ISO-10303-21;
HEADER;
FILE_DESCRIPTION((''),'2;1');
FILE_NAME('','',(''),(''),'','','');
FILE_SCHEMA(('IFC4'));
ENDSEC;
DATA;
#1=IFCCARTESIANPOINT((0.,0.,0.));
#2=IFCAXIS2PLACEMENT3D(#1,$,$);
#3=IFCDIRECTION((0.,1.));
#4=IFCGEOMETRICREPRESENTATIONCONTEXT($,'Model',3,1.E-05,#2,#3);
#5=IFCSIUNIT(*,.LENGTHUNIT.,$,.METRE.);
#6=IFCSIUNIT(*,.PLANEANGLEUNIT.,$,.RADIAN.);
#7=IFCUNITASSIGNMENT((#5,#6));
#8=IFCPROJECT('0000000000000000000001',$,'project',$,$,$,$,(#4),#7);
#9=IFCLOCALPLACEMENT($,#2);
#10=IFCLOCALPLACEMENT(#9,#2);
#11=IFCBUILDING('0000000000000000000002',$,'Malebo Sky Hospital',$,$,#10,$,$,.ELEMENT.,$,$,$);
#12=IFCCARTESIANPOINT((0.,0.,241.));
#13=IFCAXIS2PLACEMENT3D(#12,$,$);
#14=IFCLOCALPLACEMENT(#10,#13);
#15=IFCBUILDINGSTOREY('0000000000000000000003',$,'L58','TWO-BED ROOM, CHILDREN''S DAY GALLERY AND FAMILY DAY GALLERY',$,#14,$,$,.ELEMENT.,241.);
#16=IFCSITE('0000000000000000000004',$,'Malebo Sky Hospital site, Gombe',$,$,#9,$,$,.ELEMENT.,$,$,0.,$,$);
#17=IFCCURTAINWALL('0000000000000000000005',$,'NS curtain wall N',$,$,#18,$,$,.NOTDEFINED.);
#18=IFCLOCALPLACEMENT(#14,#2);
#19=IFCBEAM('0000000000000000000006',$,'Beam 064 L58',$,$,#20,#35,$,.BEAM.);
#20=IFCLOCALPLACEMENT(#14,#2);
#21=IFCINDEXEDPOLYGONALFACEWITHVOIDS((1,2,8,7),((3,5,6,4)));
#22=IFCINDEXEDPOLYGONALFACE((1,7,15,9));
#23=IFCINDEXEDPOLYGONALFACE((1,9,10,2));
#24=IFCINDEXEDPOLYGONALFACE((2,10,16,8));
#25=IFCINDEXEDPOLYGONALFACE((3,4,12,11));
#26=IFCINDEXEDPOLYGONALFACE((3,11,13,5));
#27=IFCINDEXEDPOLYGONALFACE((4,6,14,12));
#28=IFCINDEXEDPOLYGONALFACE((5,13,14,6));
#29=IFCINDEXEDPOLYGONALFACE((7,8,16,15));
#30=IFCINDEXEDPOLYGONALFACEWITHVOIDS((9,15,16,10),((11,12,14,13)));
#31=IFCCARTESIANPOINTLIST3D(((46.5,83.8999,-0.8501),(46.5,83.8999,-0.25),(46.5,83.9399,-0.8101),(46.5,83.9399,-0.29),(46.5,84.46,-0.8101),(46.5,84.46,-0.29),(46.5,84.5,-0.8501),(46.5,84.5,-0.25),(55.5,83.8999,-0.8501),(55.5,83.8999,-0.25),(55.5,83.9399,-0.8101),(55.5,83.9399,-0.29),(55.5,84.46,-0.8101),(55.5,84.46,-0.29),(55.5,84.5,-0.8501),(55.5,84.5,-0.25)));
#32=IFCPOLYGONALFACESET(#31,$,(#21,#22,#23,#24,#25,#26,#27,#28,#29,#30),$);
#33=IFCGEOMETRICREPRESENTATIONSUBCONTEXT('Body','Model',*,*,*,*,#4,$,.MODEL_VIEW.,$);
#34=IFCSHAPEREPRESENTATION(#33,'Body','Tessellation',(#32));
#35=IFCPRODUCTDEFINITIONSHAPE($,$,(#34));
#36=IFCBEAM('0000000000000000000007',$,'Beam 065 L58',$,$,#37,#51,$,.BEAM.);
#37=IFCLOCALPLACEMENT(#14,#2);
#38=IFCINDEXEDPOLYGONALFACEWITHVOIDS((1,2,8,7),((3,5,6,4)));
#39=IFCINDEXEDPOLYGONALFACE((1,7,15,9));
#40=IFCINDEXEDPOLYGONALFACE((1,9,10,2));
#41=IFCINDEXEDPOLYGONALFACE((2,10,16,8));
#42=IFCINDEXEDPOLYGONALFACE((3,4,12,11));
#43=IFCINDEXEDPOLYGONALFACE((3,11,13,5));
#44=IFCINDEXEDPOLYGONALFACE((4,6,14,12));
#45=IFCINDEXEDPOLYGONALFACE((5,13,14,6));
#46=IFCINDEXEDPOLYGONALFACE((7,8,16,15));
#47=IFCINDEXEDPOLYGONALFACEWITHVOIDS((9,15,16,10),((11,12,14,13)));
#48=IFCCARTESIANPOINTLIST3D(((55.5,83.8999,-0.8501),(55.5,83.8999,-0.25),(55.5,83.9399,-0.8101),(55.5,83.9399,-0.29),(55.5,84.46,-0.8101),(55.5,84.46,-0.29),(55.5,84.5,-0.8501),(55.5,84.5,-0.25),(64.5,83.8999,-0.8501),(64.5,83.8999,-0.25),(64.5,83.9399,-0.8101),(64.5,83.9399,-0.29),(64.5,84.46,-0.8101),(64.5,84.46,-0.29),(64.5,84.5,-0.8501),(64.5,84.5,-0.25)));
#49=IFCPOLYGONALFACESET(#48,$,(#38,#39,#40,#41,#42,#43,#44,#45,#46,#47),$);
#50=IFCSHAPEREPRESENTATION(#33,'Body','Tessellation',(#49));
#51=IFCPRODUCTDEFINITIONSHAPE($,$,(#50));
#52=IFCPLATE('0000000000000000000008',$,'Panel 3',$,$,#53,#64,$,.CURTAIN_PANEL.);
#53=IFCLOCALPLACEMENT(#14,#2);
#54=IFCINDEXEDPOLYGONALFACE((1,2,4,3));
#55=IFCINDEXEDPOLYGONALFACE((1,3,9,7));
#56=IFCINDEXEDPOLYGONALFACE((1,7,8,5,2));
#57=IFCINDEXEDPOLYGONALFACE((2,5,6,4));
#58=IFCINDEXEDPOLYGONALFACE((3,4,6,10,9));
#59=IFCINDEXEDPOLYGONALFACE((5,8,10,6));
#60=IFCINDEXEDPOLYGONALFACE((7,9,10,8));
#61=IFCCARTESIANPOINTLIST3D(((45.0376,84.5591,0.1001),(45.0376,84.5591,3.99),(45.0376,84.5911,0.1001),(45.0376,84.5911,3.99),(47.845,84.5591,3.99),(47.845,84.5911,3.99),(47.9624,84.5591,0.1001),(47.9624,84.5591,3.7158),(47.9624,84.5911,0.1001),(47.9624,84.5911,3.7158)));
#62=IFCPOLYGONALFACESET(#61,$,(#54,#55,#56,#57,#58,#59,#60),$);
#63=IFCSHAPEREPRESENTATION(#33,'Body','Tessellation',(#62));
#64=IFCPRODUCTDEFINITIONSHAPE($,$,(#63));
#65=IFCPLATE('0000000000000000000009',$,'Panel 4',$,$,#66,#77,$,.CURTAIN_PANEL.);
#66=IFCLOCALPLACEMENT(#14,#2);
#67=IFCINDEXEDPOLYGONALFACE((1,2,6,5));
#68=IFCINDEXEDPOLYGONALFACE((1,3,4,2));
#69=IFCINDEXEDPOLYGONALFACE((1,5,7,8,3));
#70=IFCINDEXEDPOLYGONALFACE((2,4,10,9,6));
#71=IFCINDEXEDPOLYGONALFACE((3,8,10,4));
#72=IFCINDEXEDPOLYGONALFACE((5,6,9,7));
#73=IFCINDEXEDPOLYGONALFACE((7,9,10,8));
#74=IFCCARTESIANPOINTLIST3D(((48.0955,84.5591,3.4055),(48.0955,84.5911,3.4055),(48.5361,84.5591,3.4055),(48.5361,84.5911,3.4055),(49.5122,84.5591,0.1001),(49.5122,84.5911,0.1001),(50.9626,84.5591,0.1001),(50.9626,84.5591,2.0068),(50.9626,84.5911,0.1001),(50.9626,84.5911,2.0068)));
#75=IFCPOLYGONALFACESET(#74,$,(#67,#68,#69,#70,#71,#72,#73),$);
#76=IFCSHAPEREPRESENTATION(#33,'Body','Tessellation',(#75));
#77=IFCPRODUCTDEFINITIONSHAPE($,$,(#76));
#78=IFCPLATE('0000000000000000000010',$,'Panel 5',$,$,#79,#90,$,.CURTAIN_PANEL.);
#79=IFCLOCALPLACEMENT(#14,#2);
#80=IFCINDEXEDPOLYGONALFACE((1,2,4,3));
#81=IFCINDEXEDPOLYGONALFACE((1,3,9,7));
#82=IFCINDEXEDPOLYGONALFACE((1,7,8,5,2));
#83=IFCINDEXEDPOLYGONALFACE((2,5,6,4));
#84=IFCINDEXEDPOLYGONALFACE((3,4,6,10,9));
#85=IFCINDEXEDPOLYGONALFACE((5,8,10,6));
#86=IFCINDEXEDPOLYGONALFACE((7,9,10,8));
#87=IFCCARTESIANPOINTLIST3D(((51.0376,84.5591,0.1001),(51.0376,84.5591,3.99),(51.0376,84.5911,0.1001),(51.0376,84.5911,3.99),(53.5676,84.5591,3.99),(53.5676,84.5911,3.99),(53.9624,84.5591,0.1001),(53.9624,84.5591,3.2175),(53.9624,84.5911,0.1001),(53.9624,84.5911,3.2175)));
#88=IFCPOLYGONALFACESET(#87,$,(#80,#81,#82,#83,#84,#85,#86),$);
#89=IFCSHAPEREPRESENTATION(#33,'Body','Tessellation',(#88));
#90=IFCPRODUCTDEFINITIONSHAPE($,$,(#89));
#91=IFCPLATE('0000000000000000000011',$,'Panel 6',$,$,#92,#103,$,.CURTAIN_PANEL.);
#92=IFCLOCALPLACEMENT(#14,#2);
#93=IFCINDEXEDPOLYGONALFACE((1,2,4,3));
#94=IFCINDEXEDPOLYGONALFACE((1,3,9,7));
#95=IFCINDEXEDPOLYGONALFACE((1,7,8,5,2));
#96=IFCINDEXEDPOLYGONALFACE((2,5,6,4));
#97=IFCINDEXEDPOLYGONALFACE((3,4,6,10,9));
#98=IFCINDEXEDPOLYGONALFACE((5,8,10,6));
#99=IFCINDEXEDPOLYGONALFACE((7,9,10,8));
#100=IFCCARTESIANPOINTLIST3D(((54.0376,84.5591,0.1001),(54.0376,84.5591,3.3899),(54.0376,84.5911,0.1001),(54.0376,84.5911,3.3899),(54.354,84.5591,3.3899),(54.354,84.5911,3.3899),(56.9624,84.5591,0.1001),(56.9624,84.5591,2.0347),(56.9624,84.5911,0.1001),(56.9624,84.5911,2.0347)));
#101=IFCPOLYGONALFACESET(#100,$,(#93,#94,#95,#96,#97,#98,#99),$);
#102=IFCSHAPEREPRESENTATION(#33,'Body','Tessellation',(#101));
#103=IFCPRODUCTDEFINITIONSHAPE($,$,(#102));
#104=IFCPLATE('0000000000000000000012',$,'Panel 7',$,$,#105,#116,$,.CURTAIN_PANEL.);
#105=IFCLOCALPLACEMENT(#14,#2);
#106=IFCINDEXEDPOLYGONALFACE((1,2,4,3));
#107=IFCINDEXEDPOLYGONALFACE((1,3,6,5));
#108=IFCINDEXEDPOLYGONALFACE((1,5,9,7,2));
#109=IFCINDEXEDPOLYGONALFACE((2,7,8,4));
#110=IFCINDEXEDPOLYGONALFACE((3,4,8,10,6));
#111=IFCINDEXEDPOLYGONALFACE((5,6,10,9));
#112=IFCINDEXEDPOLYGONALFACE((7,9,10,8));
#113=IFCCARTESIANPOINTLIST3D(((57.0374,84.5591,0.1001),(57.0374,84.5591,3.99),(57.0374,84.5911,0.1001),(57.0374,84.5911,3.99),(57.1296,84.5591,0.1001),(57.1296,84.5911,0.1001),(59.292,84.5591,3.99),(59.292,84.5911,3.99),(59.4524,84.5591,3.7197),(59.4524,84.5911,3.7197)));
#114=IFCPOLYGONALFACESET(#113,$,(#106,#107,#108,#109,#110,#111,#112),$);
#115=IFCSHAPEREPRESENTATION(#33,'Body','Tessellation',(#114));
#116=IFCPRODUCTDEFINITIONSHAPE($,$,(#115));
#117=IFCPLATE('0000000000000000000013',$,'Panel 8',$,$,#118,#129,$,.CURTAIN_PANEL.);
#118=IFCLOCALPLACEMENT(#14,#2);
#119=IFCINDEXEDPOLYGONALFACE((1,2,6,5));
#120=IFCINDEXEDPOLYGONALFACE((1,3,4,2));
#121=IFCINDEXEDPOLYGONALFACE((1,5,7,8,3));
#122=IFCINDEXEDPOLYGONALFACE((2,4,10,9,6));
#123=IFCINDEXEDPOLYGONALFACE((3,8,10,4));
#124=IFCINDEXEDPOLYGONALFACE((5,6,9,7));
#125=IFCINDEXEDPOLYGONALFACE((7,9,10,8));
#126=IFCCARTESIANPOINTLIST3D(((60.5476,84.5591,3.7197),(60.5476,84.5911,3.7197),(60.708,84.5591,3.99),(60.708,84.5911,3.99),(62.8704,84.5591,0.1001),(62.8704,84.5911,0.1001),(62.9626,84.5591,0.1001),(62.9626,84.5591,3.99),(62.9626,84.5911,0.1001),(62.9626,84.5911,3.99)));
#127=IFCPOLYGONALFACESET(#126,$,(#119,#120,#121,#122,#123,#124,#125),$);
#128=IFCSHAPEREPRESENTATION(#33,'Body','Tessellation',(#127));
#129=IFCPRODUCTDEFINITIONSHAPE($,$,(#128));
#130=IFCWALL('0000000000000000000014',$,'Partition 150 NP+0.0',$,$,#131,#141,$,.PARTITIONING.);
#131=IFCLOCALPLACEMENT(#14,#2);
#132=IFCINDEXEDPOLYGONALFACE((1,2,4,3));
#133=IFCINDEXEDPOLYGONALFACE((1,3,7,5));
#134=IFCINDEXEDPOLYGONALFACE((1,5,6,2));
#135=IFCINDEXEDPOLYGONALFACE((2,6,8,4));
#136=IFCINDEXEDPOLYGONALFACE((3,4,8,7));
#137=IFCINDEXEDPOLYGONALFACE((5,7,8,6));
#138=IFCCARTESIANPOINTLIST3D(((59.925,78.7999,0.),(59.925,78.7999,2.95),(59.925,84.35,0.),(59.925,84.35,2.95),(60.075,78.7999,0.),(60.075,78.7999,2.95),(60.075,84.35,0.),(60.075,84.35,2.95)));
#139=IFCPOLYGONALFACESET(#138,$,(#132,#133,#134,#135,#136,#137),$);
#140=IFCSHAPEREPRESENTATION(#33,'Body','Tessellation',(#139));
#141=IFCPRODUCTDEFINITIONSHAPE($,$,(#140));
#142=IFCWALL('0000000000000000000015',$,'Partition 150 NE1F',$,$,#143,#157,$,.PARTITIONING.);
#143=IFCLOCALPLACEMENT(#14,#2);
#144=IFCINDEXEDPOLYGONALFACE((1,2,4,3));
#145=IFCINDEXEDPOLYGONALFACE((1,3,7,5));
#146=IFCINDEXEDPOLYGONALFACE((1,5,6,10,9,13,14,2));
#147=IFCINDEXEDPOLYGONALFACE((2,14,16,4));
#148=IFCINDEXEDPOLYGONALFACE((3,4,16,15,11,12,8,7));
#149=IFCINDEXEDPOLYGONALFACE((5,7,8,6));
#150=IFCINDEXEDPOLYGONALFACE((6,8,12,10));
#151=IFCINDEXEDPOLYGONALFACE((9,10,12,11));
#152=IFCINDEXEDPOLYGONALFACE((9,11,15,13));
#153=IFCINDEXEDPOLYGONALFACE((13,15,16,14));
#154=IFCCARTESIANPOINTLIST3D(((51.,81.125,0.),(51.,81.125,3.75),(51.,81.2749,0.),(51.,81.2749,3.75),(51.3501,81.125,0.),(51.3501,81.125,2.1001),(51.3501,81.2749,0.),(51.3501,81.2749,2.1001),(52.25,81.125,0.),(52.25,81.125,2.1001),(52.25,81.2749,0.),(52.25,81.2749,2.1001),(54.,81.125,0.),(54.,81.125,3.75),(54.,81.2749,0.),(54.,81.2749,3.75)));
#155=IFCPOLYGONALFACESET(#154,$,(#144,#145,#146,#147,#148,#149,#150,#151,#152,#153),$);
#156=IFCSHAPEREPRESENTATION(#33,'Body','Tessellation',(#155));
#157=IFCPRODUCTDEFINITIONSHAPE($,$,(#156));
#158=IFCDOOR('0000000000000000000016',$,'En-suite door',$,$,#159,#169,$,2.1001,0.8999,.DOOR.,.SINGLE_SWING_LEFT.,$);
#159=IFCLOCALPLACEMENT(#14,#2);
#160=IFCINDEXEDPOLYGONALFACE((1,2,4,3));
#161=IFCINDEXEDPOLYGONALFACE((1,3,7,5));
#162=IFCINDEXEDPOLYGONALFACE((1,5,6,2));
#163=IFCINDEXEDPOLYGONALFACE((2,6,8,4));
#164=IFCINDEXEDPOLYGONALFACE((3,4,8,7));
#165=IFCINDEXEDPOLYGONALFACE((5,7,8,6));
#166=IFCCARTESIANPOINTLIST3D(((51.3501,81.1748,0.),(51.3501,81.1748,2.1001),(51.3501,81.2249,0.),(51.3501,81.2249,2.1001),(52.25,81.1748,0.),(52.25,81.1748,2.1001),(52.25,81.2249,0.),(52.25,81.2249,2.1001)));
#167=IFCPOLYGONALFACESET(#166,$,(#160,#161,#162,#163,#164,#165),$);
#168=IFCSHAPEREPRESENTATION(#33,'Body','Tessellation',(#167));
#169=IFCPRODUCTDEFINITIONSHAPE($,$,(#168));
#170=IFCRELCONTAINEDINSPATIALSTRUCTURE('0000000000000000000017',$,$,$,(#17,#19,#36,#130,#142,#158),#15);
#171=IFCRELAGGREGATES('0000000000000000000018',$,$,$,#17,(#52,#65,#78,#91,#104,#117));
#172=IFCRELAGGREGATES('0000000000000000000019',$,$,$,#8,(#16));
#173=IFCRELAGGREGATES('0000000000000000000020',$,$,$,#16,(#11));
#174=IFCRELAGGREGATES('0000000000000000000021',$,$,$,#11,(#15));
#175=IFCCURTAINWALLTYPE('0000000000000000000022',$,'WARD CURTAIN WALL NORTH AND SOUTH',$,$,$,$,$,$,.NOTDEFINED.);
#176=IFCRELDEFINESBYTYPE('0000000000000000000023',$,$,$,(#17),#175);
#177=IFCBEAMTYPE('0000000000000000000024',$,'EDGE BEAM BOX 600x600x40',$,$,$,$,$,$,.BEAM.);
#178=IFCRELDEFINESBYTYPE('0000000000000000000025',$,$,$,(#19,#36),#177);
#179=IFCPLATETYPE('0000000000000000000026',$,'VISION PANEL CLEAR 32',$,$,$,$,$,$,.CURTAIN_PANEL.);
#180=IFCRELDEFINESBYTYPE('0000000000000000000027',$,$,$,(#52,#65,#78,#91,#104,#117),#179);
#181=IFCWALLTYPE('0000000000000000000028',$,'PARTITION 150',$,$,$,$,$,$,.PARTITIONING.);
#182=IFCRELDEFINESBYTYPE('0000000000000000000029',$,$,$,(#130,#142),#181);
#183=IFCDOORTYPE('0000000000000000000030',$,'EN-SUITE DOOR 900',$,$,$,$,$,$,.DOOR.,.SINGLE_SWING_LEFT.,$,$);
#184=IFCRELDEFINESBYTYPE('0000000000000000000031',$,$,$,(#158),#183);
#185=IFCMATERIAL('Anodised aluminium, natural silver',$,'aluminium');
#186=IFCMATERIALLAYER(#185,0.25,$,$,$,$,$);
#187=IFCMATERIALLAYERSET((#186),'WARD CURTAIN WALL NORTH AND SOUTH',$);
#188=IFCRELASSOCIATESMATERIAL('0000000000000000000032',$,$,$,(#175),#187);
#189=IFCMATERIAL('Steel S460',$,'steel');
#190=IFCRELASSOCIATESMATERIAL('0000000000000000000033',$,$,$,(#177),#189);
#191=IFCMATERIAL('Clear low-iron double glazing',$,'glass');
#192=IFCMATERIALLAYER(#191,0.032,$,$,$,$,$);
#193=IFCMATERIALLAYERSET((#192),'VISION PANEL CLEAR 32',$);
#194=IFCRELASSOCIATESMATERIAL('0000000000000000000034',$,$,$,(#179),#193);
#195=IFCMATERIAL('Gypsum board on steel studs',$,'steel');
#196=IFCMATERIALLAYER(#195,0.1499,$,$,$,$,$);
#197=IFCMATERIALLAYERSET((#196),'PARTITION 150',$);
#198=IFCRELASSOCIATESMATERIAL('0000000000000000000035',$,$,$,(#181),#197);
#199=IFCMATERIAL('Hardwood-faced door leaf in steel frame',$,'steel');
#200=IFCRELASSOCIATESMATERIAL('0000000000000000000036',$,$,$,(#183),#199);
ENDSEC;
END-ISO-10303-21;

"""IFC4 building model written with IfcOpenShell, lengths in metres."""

from ifc_helpers import new_model, si_unit, direction, frame, frame_2d, origin, origin_2d, place, context, subcontext, project, spatial, polyline, rectangle, hollow_rectangle, outline, extrude, material, layer, layer_set, material_profile, profile_set, type_object, element, fill, aggregate, save


model = new_model("IFC4")

# Units and contexts
model_context = context("Model", 3, precision=1e-05, world=origin(), true_north=direction((0.0, 1.0)))
body_context = subcontext(model_context, "Body", "Model", "MODEL_VIEW")
ifc_project = project(units=[si_unit("LENGTHUNIT", "METRE"), si_unit("PLANEANGLEUNIT", "RADIAN")], contexts=[model_context])

# Site, building, storey
site_placement = place(None, origin())
site = spatial("IfcSite", under=ifc_project, at=site_placement, Name="Malebo Sky Hospital site, Gombe", CompositionType="ELEMENT", RefElevation=0.0)
building_placement = place(site_placement, origin())
building = spatial("IfcBuilding", under=site, at=building_placement, Name="Malebo Sky Hospital", CompositionType="ELEMENT")
storey_placement = place(building_placement, frame((0.0, 0.0, 241.0)))
storey = spatial("IfcBuildingStorey", under=building, at=storey_placement, Name="L58", Description="TWO-BED ROOM, CHILDREN'S DAY GALLERY AND FAMILY DAY GALLERY", CompositionType="ELEMENT", Elevation=241.0)

# Shared definitions
ifc_material_1 = material(Name="Steel S460", Category="steel")

# Curtain wall
ifc_material_2 = material(Name="Anodised aluminium, natural silver", Category="aluminium")
ifc_layer_1 = layer(ifc_material_2, 0.25)
ifc_layer_set_1 = layer_set([ifc_layer_1], Name="WARD CURTAIN WALL NORTH AND SOUTH")
curtain_wall_type = type_object("IfcCurtainWallType", Name="WARD CURTAIN WALL NORTH AND SOUTH", PredefinedType="NOTDEFINED", material=ifc_layer_set_1)
curtain_wall_placement = place(storey_placement, origin())
curtain_wall = element("IfcCurtainWall", 1, at=curtain_wall_placement, inside=storey, type_object=curtain_wall_type, Name="NS curtain wall N", PredefinedType="NOTDEFINED")

# Beams
ifc_material_profile_1 = material_profile(ifc_material_1, hollow_rectangle(XDim=0.6001, YDim=0.6001, WallThickness=0.04, at=origin_2d()), Name="BOX 600x600x40")
ifc_profile_set_1 = profile_set([ifc_material_profile_1], Name="Steel S460")
beam_type = type_object("IfcBeamType", Name="EDGE BEAM BOX 600x600x40", PredefinedType="BEAM", material=ifc_profile_set_1)
for number, where, z_axis, x_axis, name in (
    (2, (46.5, 84.2, -0.55), (1.0, 0.0, 0.0), (0.0, 1.0, 0.0), "Beam 064 L58"),
    (3, (55.5, 84.2, -0.55), (1.0, 0.0, 0.0), (0.0, 1.0, 0.0), "Beam 065 L58"),
):
    element("IfcBeam", number, at=place(storey_placement, frame(where, z_axis=z_axis, x_axis=x_axis)), inside=storey, type_object=beam_type, Name=name, PredefinedType="BEAM", context=body_context, shape_type="SweptSolid", body=[
        extrude(hollow_rectangle(XDim=0.6001, YDim=0.6001, WallThickness=0.04, at=origin_2d()), origin(), (0.0, 0.0, 1.0), 9.0),
    ])

# Plates
ifc_material_3 = material(Name="Clear low-iron double glazing", Category="glass")
ifc_layer_2 = layer(ifc_material_3, 0.032)
ifc_layer_set_2 = layer_set([ifc_layer_2], Name="VISION PANEL CLEAR 32")
plate_type = type_object("IfcPlateType", Name="VISION PANEL CLEAR 32", PredefinedType="CURTAIN_PANEL", material=ifc_layer_set_2)
plate_1_placement = place(storey_placement, frame((46.5, 84.575, 0.1001), z_axis=(0.0, 0.0, 1.0), x_axis=(1.0, 0.0, 0.0)))
plate_1 = element("IfcPlate", 4, at=plate_1_placement, type_object=plate_type, Name="Panel 3", PredefinedType="CURTAIN_PANEL", context=body_context, shape_type="SweptSolid", body=[
    extrude(outline(polyline([(-1.4624, 0.0), (1.4624, 0.0), (1.4624, 3.6157), (1.345, 3.8899), (-1.4624, 3.8899), (-1.4624, 0.0)])), frame((0.0, 0.0161, 0.0), z_axis=(0.0, -1.0, 0.0), x_axis=(1.0, 0.0, 0.0)), (0.0, 0.0, 1.0), 0.032),
])
plate_2_placement = place(storey_placement, frame((49.5291, 84.575, 0.1001), z_axis=(0.0, 0.0, 1.0), x_axis=(1.0, 0.0, 0.0)))
plate_2 = element("IfcPlate", 5, at=plate_2_placement, type_object=plate_type, Name="Panel 4", PredefinedType="CURTAIN_PANEL", context=body_context, shape_type="SweptSolid", body=[
    extrude(outline(polyline([(-0.0168, 0.0), (1.4336, 0.0), (1.4336, 1.9067), (-0.9929, 3.3054), (-1.4336, 3.3054), (-0.0168, 0.0)])), frame((0.0, 0.0161, 0.0), z_axis=(0.0, -1.0, 0.0), x_axis=(1.0, 0.0, 0.0)), (0.0, 0.0, 1.0), 0.032),
])
plate_3_placement = place(storey_placement, frame((52.5, 84.575, 0.1001), z_axis=(0.0, 0.0, 1.0), x_axis=(1.0, 0.0, 0.0)))
plate_3 = element("IfcPlate", 6, at=plate_3_placement, type_object=plate_type, Name="Panel 5", PredefinedType="CURTAIN_PANEL", context=body_context, shape_type="SweptSolid", body=[
    extrude(outline(polyline([(-1.4624, 0.0), (1.4624, 0.0), (1.4624, 3.1174), (1.0676, 3.8899), (-1.4624, 3.8899), (-1.4624, 0.0)])), frame((0.0, 0.0161, 0.0), z_axis=(0.0, -1.0, 0.0), x_axis=(1.0, 0.0, 0.0)), (0.0, 0.0, 1.0), 0.032),
])
plate_4_placement = place(storey_placement, frame((55.5, 84.575, 0.1001), z_axis=(0.0, 0.0, 1.0), x_axis=(1.0, 0.0, 0.0)))
plate_4 = element("IfcPlate", 7, at=plate_4_placement, type_object=plate_type, Name="Panel 6", PredefinedType="CURTAIN_PANEL", context=body_context, shape_type="SweptSolid", body=[
    extrude(outline(polyline([(-1.4624, 0.0), (1.4624, 0.0), (1.4624, 1.9346), (-1.146, 3.2898), (-1.4624, 3.2898), (-1.4624, 0.0)])), frame((0.0, 0.0161, 0.0), z_axis=(0.0, -1.0, 0.0), x_axis=(1.0, 0.0, 0.0)), (0.0, 0.0, 1.0), 0.032),
])
plate_5_placement = place(storey_placement, frame((58.2449, 84.575, 0.1001), z_axis=(0.0, 0.0, 1.0), x_axis=(1.0, 0.0, 0.0)))
plate_5 = element("IfcPlate", 8, at=plate_5_placement, type_object=plate_type, Name="Panel 7", PredefinedType="CURTAIN_PANEL", context=body_context, shape_type="SweptSolid", body=[
    extrude(outline(polyline([(-1.2075, 0.0), (-1.1152, 0.0), (1.2075, 3.6196), (1.0471, 3.8899), (-1.2075, 3.8899), (-1.2075, 0.0)])), frame((0.0, 0.0161, 0.0), z_axis=(0.0, -1.0, 0.0), x_axis=(1.0, 0.0, 0.0)), (0.0, 0.0, 1.0), 0.032),
])
plate_6_placement = place(storey_placement, frame((61.7551, 84.575, 0.1001), z_axis=(0.0, 0.0, 1.0), x_axis=(1.0, 0.0, 0.0)))
plate_6 = element("IfcPlate", 9, at=plate_6_placement, type_object=plate_type, Name="Panel 8", PredefinedType="CURTAIN_PANEL", context=body_context, shape_type="SweptSolid", body=[
    extrude(outline(polyline([(1.1152, 0.0), (1.2075, 0.0), (1.2075, 3.8899), (-1.0471, 3.8899), (-1.2075, 3.6196), (1.1152, 0.0)])), frame((0.0, 0.0161, 0.0), z_axis=(0.0, -1.0, 0.0), x_axis=(1.0, 0.0, 0.0)), (0.0, 0.0, 1.0), 0.032),
])
aggregate(curtain_wall, [plate_1, plate_2, plate_3, plate_4, plate_5, plate_6])

# Wall
ifc_material_4 = material(Name="Gypsum board on steel studs", Category="steel")
ifc_layer_3 = layer(ifc_material_4, 0.1499)
ifc_layer_set_3 = layer_set([ifc_layer_3], Name="PARTITION 150")
wall_type = type_object("IfcWallType", Name="PARTITION 150", PredefinedType="PARTITIONING", material=ifc_layer_set_3)
wall_1_placement = place(storey_placement, frame((60.0, 78.8, 0.0), z_axis=(0.0, 0.0, 1.0), x_axis=(0.0, 1.0, 0.0)))
element("IfcWall", 10, at=wall_1_placement, inside=storey, type_object=wall_type, Name="Partition 150 NP+0.0", PredefinedType="PARTITIONING", context=body_context, shape_type="SweptSolid", body=[
    extrude(rectangle(XDim=5.55, YDim=0.1499, at=frame_2d((2.7749, 0.0))), origin(), (0.0, 0.0, 1.0), 2.95),
])

# Wall, opening, door
wall_2_placement = place(storey_placement, frame((51.0, 81.2, 0.0), z_axis=(0.0, 0.0, 1.0), x_axis=(1.0, 0.0, 0.0)))
wall_2 = element("IfcWall", 11, at=wall_2_placement, inside=storey, type_object=wall_type, Name="Partition 150 NE1F", PredefinedType="PARTITIONING", context=body_context, shape_type="SweptSolid", body=[
    extrude(rectangle(XDim=3.0, YDim=0.1499, at=frame_2d((1.5, 0.0))), origin(), (0.0, 0.0, 1.0), 3.75),
])
opening_1_placement = place(wall_2_placement, frame((0.3501, 0.0, 0.0)))
opening_1 = element("IfcOpeningElement", 12, at=opening_1_placement, cuts=wall_2, PredefinedType="OPENING", context=body_context, shape_type="SweptSolid", body=[
    extrude(rectangle(XDim=0.8999, YDim=2.1001, at=frame_2d((0.45, 1.05))), frame((0.0, 0.085, 0.0), z_axis=(0.0, -1.0, 0.0), x_axis=(1.0, 0.0, 0.0)), (0.0, 0.0, 1.0), 0.1699),
])
ifc_material_5 = material(Name="Hardwood-faced door leaf in steel frame", Category="steel")
door_type = type_object("IfcDoorType", Name="EN-SUITE DOOR 900", OperationType="SINGLE_SWING_LEFT", PredefinedType="DOOR", material=ifc_material_5)
door_1_placement = place(opening_1_placement, origin())
door_1 = element("IfcDoor", 13, at=door_1_placement, inside=storey, type_object=door_type, Name="En-suite door", OperationType="SINGLE_SWING_LEFT", OverallHeight=2.1001, OverallWidth=0.8999, PredefinedType="DOOR", context=body_context, shape_type="SweptSolid", body=[
    extrude(rectangle(XDim=0.8999, YDim=2.1001, at=frame_2d((0.45, 1.05))), frame((0.0, 0.0249, 0.0), z_axis=(0.0, -1.0, 0.0), x_axis=(1.0, 0.0, 0.0)), (0.0, 0.0, 1.0), 0.05),
])
fill(opening_1, door_1)

save(model, "model.ifc")
